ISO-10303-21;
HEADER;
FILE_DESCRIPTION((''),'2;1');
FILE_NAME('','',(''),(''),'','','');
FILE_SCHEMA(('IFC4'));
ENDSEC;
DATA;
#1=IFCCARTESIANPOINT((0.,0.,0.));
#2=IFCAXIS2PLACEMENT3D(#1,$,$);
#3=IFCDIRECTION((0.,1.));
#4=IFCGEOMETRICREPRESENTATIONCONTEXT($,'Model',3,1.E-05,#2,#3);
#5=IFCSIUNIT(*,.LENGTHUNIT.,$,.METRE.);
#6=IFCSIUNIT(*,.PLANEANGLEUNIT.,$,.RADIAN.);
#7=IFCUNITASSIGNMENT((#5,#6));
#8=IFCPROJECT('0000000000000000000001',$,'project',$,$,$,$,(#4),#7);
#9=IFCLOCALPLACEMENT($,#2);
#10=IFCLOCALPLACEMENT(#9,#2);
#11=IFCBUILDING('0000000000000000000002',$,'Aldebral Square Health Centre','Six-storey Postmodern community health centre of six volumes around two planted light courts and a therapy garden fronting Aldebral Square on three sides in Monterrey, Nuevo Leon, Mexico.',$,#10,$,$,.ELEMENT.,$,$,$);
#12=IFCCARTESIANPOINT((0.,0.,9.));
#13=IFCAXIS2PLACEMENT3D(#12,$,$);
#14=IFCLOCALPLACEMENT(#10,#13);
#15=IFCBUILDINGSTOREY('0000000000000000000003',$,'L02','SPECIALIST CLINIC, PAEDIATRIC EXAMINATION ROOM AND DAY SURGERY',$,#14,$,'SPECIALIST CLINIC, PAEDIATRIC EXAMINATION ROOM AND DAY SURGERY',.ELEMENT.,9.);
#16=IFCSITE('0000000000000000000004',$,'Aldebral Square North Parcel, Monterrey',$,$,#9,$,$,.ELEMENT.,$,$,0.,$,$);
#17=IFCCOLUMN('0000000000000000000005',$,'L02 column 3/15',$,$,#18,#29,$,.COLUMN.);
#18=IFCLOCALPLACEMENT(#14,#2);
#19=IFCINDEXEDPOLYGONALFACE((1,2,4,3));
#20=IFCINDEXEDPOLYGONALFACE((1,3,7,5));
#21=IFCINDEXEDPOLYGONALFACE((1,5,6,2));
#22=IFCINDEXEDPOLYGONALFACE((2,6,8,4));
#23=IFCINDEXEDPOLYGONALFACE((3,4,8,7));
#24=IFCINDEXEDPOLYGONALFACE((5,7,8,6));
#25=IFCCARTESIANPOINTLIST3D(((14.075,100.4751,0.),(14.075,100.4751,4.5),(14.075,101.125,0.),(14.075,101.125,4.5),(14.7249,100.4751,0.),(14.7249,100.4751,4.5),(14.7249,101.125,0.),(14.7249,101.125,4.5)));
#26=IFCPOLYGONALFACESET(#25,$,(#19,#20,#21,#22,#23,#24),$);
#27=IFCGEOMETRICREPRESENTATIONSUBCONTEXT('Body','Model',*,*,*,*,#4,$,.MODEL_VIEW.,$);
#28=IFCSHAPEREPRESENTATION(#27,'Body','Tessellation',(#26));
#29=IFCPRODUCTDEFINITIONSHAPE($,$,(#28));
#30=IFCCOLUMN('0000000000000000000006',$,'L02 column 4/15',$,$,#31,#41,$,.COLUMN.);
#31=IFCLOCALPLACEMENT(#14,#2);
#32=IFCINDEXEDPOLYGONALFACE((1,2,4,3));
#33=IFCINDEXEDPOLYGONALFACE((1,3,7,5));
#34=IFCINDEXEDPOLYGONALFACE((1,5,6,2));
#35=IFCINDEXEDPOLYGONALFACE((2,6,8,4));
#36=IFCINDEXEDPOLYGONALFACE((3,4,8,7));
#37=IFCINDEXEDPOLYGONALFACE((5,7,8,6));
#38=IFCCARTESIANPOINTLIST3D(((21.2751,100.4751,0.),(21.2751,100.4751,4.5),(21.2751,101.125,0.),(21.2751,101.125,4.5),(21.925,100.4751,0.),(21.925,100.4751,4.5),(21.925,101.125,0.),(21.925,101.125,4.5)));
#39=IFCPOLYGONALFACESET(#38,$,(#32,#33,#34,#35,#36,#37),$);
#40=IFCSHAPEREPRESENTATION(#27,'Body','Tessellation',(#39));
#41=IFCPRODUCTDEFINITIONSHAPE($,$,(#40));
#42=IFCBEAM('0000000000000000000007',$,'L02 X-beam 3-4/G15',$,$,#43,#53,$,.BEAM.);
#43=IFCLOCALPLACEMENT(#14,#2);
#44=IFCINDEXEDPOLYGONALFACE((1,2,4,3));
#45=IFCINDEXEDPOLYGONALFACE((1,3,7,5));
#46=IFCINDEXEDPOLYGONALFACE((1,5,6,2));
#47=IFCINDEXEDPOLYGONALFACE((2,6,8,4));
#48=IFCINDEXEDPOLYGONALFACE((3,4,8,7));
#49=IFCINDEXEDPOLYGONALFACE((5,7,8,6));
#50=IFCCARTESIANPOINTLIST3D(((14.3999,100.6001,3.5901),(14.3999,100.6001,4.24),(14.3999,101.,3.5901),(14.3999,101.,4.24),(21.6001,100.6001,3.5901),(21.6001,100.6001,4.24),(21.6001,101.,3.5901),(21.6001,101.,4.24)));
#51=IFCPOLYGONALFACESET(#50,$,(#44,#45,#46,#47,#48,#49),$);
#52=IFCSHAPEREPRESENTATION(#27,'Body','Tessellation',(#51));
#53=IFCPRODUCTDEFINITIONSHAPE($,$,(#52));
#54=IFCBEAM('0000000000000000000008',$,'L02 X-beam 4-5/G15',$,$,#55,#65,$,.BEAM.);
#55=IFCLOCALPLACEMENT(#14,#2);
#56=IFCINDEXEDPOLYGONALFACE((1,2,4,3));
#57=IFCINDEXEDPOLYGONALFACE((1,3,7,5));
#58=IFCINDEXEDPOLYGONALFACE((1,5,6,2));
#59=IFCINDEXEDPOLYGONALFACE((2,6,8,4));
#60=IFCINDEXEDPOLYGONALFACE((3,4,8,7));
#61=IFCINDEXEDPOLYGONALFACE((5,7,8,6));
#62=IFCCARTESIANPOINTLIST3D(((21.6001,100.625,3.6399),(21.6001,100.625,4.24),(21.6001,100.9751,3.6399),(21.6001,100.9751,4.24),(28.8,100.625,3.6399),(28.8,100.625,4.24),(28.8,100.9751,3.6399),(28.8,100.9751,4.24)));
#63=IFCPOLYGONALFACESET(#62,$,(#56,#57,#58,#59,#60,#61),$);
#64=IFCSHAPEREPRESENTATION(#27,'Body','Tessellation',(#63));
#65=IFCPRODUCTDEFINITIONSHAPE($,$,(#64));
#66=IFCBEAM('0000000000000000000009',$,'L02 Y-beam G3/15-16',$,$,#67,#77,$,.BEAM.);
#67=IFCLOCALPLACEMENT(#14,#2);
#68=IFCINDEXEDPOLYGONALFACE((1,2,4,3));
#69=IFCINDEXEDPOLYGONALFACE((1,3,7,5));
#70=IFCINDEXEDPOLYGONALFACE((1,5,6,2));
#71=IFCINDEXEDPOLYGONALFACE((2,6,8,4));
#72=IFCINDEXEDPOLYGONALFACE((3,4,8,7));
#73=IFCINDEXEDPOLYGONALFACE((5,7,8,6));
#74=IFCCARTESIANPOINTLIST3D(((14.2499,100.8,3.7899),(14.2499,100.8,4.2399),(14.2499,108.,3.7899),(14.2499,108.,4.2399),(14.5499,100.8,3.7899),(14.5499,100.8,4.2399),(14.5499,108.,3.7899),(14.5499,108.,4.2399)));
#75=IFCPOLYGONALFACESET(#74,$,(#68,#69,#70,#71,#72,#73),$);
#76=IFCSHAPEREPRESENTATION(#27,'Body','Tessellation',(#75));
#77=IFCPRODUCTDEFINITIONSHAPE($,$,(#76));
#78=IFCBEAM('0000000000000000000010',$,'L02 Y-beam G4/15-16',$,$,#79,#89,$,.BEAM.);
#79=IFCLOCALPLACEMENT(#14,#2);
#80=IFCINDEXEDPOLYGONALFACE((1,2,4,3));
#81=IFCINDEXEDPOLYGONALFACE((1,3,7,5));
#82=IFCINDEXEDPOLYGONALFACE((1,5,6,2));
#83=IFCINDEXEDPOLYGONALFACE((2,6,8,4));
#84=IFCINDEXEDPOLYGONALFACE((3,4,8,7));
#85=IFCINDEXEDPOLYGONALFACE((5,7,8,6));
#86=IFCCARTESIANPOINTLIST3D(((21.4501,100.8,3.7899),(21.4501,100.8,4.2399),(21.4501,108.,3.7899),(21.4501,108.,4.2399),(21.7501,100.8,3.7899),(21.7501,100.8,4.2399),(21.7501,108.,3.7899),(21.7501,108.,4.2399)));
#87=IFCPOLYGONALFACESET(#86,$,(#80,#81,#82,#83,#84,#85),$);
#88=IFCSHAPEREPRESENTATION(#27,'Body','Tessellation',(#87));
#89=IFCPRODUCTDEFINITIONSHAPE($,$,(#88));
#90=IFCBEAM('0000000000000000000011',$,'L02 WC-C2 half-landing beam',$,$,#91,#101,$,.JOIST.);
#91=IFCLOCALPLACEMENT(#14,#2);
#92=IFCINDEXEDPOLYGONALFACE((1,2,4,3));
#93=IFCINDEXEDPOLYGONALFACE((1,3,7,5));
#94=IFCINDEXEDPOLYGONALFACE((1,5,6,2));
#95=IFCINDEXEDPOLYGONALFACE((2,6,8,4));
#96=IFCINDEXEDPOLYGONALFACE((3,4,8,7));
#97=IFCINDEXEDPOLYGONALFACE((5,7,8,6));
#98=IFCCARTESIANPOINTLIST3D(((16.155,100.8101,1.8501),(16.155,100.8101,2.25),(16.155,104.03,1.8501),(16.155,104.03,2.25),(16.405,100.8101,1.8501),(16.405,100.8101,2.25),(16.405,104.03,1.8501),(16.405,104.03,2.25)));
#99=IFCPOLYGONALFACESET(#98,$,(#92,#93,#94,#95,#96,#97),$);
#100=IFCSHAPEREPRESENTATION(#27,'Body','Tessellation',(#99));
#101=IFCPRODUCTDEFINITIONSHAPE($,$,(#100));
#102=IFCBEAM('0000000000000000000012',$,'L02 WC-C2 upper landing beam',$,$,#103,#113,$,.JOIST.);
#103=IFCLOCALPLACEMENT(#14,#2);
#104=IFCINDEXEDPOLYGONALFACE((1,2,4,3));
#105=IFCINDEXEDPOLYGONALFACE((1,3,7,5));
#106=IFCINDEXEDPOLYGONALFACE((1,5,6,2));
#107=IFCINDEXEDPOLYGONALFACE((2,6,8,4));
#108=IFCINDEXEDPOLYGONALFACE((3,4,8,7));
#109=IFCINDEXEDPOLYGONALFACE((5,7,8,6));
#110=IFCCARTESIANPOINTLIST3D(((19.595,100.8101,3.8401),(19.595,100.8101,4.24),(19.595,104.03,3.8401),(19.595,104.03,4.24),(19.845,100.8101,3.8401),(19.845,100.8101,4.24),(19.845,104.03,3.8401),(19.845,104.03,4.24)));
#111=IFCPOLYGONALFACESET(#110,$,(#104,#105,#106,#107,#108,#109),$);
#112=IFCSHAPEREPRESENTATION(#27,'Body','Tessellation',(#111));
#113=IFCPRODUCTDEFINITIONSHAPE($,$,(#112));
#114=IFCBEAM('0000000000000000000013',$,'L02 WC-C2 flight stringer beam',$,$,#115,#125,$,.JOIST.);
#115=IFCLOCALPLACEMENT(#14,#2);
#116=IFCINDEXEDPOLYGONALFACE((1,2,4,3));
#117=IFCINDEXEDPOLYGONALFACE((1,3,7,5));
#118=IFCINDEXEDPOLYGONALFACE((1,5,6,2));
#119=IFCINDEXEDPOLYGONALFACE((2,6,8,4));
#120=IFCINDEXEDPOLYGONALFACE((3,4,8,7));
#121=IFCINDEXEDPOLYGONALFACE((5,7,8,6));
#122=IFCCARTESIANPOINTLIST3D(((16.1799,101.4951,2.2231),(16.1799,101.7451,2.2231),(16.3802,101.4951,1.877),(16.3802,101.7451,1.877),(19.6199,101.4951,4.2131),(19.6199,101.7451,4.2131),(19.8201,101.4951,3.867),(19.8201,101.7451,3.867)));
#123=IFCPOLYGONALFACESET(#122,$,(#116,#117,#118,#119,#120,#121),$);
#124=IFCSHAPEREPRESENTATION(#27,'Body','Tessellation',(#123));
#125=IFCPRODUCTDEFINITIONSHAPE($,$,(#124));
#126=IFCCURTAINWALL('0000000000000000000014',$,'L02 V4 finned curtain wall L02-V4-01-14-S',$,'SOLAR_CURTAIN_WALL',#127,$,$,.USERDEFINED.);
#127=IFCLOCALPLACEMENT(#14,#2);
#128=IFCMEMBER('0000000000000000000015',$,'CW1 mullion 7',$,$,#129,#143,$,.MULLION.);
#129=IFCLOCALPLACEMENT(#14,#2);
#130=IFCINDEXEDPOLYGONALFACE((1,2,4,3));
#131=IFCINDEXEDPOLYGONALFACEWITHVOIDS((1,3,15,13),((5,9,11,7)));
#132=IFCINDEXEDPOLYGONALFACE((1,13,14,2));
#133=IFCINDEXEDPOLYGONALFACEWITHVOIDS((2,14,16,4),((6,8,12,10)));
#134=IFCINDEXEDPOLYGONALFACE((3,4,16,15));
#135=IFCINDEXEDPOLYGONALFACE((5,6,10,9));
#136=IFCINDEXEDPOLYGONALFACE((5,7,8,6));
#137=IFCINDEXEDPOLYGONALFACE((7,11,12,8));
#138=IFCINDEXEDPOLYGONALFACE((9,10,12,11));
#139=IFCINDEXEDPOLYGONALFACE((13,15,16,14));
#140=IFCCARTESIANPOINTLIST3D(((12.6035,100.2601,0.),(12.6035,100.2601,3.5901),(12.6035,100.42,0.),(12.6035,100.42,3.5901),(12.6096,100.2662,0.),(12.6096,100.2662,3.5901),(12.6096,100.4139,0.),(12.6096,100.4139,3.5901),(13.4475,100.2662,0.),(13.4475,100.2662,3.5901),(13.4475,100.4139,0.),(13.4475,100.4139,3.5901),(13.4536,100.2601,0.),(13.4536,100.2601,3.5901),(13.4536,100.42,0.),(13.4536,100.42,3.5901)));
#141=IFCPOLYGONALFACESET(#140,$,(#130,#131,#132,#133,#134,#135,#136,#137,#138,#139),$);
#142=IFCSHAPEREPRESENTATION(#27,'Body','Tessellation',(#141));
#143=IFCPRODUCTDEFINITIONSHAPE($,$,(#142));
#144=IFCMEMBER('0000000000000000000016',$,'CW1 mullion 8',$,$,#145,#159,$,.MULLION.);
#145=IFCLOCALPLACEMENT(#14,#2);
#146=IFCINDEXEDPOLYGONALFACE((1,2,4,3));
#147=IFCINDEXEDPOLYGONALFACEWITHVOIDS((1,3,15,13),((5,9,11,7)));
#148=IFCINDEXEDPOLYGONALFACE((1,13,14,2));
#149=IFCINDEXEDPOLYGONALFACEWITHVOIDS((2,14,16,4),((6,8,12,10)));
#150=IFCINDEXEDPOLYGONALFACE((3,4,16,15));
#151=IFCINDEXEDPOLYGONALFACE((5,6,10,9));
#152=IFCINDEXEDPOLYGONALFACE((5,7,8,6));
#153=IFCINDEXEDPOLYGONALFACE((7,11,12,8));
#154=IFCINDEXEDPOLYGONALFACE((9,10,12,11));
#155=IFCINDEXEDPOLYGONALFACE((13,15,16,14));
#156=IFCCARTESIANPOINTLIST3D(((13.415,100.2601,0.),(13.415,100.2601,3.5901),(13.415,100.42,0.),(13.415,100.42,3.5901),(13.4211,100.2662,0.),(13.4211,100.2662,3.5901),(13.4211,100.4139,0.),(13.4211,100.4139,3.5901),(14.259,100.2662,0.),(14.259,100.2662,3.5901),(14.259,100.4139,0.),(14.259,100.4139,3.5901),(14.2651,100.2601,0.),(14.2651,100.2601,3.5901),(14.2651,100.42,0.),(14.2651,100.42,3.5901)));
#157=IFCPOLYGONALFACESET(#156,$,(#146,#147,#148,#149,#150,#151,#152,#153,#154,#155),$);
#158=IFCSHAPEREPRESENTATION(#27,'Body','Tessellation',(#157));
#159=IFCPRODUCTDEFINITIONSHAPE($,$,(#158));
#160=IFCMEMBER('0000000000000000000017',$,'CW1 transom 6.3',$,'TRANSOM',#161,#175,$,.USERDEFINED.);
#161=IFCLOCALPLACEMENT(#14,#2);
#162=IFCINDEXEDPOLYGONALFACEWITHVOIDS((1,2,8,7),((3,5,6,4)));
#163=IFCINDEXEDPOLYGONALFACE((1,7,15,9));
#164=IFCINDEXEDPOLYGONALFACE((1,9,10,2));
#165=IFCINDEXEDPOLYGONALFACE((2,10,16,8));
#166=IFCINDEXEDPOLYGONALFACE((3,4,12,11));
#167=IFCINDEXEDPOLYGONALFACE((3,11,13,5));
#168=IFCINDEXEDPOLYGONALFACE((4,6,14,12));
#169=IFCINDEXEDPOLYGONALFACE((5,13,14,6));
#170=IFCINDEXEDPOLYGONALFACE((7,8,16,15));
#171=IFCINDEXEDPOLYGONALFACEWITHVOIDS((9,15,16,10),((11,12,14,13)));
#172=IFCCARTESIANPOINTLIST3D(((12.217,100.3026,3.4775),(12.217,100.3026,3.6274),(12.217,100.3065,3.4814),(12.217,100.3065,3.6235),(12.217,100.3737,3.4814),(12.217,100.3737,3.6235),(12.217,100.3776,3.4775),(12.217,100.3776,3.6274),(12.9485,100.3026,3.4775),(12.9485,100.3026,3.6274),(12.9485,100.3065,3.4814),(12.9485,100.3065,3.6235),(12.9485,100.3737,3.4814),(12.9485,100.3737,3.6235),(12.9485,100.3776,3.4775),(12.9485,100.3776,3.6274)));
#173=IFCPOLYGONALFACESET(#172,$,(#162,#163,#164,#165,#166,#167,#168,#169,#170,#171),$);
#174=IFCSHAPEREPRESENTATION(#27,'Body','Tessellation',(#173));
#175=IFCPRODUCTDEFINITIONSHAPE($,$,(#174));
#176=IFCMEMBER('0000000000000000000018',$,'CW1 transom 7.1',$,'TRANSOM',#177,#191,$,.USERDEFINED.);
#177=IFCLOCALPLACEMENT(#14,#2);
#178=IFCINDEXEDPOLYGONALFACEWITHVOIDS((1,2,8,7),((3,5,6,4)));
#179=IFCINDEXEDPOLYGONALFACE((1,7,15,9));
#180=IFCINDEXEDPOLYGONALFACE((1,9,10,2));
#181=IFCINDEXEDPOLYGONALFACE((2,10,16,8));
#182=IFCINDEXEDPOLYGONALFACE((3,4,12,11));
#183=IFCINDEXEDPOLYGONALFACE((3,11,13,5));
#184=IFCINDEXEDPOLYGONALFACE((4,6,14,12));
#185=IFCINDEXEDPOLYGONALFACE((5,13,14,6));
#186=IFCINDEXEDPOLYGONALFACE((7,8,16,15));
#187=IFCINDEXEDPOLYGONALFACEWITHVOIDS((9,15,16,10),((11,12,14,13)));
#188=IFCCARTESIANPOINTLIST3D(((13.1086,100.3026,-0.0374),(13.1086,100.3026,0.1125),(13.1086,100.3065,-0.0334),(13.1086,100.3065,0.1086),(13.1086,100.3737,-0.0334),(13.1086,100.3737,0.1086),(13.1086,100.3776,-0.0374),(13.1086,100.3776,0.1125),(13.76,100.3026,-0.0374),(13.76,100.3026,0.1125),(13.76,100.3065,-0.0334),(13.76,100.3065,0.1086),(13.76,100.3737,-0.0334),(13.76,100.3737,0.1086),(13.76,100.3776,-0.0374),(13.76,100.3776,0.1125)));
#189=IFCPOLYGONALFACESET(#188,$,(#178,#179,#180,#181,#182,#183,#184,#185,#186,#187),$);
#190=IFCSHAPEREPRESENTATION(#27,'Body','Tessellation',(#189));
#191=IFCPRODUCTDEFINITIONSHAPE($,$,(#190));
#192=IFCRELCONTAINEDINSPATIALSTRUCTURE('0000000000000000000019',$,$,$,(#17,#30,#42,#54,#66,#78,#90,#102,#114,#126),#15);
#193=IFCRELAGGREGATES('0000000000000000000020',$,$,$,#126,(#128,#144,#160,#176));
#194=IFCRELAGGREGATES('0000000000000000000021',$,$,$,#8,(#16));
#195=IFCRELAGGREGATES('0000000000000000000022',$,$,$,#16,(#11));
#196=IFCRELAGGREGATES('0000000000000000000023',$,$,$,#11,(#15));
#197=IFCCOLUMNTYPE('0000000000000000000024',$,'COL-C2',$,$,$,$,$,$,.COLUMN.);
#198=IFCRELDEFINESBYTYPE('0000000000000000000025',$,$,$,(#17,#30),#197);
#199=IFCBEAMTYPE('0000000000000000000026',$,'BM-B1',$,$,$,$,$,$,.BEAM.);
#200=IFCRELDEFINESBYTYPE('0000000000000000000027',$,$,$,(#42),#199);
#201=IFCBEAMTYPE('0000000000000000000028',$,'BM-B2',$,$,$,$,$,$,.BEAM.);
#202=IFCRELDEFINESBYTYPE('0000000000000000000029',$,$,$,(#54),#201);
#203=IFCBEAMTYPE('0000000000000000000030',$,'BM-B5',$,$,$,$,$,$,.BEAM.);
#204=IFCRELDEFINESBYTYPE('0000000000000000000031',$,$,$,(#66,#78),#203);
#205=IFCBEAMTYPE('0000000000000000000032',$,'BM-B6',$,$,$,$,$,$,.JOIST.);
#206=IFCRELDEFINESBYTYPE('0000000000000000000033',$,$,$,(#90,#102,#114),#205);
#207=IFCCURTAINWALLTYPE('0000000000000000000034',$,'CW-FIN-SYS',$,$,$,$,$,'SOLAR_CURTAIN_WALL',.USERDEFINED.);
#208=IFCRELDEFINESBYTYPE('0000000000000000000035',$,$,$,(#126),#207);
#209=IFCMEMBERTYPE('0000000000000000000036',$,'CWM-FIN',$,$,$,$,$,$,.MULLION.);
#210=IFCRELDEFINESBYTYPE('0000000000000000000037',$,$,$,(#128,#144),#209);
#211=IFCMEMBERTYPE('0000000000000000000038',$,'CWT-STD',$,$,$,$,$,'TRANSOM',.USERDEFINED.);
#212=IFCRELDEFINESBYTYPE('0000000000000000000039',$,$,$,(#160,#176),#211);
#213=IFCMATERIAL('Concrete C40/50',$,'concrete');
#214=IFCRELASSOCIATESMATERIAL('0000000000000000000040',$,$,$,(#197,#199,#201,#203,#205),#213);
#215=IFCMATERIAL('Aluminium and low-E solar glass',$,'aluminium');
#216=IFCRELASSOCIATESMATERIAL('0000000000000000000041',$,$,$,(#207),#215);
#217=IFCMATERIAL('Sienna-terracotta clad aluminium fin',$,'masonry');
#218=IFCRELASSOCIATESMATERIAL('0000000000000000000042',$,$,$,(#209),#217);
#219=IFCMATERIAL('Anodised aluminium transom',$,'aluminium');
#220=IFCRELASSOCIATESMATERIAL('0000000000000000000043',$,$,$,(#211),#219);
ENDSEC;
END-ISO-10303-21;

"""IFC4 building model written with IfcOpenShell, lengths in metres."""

from ifc_helpers import new_model, si_unit, direction, frame, origin, origin_2d, place, context, subcontext, project, spatial, rectangle, hollow_rectangle, extrude, material, material_profile, profile_set, type_object, element, aggregate, save


model = new_model("IFC4")

# Units and contexts
model_context = context("Model", 3, precision=1e-05, world=origin(), true_north=direction((0.0, 1.0)))
body_context = subcontext(model_context, "Body", "Model", "MODEL_VIEW")
ifc_project = project(units=[si_unit("LENGTHUNIT", "METRE"), si_unit("PLANEANGLEUNIT", "RADIAN")], contexts=[model_context])

# Site, building, storey
site_placement = place(None, origin())
site = spatial("IfcSite", under=ifc_project, at=site_placement, Name="Aldebral Square North Parcel, Monterrey", CompositionType="ELEMENT", RefElevation=0.0)
building_placement = place(site_placement, origin())
building = spatial("IfcBuilding", under=site, at=building_placement, Name="Aldebral Square Health Centre", Description="Six-storey Postmodern community health centre of six volumes around two planted light courts and a therapy garden fronting Aldebral Square on three sides in Monterrey, Nuevo Leon, Mexico.", CompositionType="ELEMENT")
storey_placement = place(building_placement, frame((0.0, 0.0, 9.0)))
storey = spatial("IfcBuildingStorey", under=building, at=storey_placement, Name="L02", Description="SPECIALIST CLINIC, PAEDIATRIC EXAMINATION ROOM AND DAY SURGERY", LongName="SPECIALIST CLINIC, PAEDIATRIC EXAMINATION ROOM AND DAY SURGERY", CompositionType="ELEMENT", Elevation=9.0)

# Columns
ifc_material_1 = material(Name="Concrete C40/50", Category="concrete")
ifc_material_profile_1 = material_profile(ifc_material_1, rectangle(XDim=0.6499, YDim=0.6499, at=origin_2d()), Name="RC 650x650")
ifc_profile_set_1 = profile_set([ifc_material_profile_1], Name="Concrete C40/50")
column_type = type_object("IfcColumnType", Name="COL-C2", PredefinedType="COLUMN", material=ifc_profile_set_1)
for number, where, z_axis, x_axis, name in (
    (1, (14.3999, 100.8, 0.0), (0.0, 0.0, 1.0), (1.0, 0.0, 0.0), "L02 column 3/15"),
    (2, (21.6001, 100.8, 0.0), (0.0, 0.0, 1.0), (1.0, 0.0, 0.0), "L02 column 4/15"),
):
    element("IfcColumn", number, at=place(storey_placement, frame(where, z_axis=z_axis, x_axis=x_axis)), inside=storey, type_object=column_type, Name=name, PredefinedType="COLUMN", context=body_context, shape_type="SweptSolid", body=[
        extrude(rectangle(XDim=0.6499, YDim=0.6499, at=origin_2d()), origin(), (0.0, 0.0, 1.0), 4.5),
    ])

# Beams
ifc_material_profile_2 = material_profile(ifc_material_1, rectangle(XDim=0.3999, YDim=0.6499, at=origin_2d()), Name="RC 400x650")
ifc_profile_set_2 = profile_set([ifc_material_profile_2], Name="Concrete C40/50")
beam_type_1 = type_object("IfcBeamType", Name="BM-B1", PredefinedType="BEAM", material=ifc_profile_set_2)
beam_1_placement = place(storey_placement, frame((14.3999, 100.8, 3.915), z_axis=(1.0, 0.0, 0.0), x_axis=(0.0, 1.0, 0.0)))
element("IfcBeam", 3, at=beam_1_placement, inside=storey, type_object=beam_type_1, Name="L02 X-beam 3-4/G15", PredefinedType="BEAM", context=body_context, shape_type="SweptSolid", body=[
    extrude(rectangle(XDim=0.3999, YDim=0.6499, at=origin_2d()), origin(), (0.0, 0.0, 1.0), 7.2002),
])
ifc_material_profile_3 = material_profile(ifc_material_1, rectangle(XDim=0.3501, YDim=0.6001, at=origin_2d()), Name="RC 350x600")
ifc_profile_set_3 = profile_set([ifc_material_profile_3], Name="Concrete C40/50")
beam_type_2 = type_object("IfcBeamType", Name="BM-B2", PredefinedType="BEAM", material=ifc_profile_set_3)
beam_2_placement = place(storey_placement, frame((21.6001, 100.8, 3.9399), z_axis=(1.0, 0.0, 0.0), x_axis=(0.0, 1.0, 0.0)))
element("IfcBeam", 4, at=beam_2_placement, inside=storey, type_object=beam_type_2, Name="L02 X-beam 4-5/G15", PredefinedType="BEAM", context=body_context, shape_type="SweptSolid", body=[
    extrude(rectangle(XDim=0.3501, YDim=0.6001, at=origin_2d()), origin(), (0.0, 0.0, 1.0), 7.2),
])
ifc_material_profile_4 = material_profile(ifc_material_1, rectangle(XDim=0.3, YDim=0.45, at=origin_2d()), Name="RC 300x450")
ifc_profile_set_4 = profile_set([ifc_material_profile_4], Name="Concrete C40/50")
beam_type_3 = type_object("IfcBeamType", Name="BM-B5", PredefinedType="BEAM", material=ifc_profile_set_4)
for number, where, z_axis, x_axis, name in (
    (5, (14.3999, 100.8, 4.0149), (0.0, 1.0, 0.0), (-1.0, 0.0, 0.0), "L02 Y-beam G3/15-16"),
    (6, (21.6001, 100.8, 4.0149), (0.0, 1.0, 0.0), (-1.0, 0.0, 0.0), "L02 Y-beam G4/15-16"),
):
    element("IfcBeam", number, at=place(storey_placement, frame(where, z_axis=z_axis, x_axis=x_axis)), inside=storey, type_object=beam_type_3, Name=name, PredefinedType="BEAM", context=body_context, shape_type="SweptSolid", body=[
        extrude(rectangle(XDim=0.3, YDim=0.45, at=origin_2d()), origin(), (0.0, 0.0, 1.0), 7.2),
    ])
ifc_material_profile_5 = material_profile(ifc_material_1, rectangle(XDim=0.25, YDim=0.3999, at=origin_2d()), Name="RC 250x400")
ifc_profile_set_5 = profile_set([ifc_material_profile_5], Name="Concrete C40/50")
beam_type_4 = type_object("IfcBeamType", Name="BM-B6", PredefinedType="JOIST", material=ifc_profile_set_5)
for number, where, z_axis, x_axis, name in (
    (7, (16.28, 100.8101, 2.05), (0.0, 1.0, 0.0), (-1.0, 0.0, 0.0), "L02 WC-C2 half-landing beam"),
    (8, (19.72, 100.8101, 4.04), (0.0, 1.0, 0.0), (-1.0, 0.0, 0.0), "L02 WC-C2 upper landing beam"),
):
    element("IfcBeam", number, at=place(storey_placement, frame(where, z_axis=z_axis, x_axis=x_axis)), inside=storey, type_object=beam_type_4, Name=name, PredefinedType="JOIST", context=body_context, shape_type="SweptSolid", body=[
        extrude(rectangle(XDim=0.25, YDim=0.3999, at=origin_2d()), origin(), (0.0, 0.0, 1.0), 3.22),
    ])
beam_3_placement = place(storey_placement, frame((16.28, 101.6201, 2.05), z_axis=(0.865596, 0.0, 0.500743), x_axis=(0.0, 1.0, 0.0)))
element("IfcBeam", 9, at=beam_3_placement, inside=storey, type_object=beam_type_4, Name="L02 WC-C2 flight stringer beam", PredefinedType="JOIST", context=body_context, shape_type="SweptSolid", body=[
    extrude(rectangle(XDim=0.25, YDim=0.3999, at=origin_2d()), origin(), (0.0, 0.0, 1.0), 3.9741),
])

# Curtain wall, members
ifc_material_2 = material(Name="Aluminium and low-E solar glass", Category="aluminium")
curtain_wall_type = type_object("IfcCurtainWallType", Name="CW-FIN-SYS", ElementType="SOLAR_CURTAIN_WALL", PredefinedType="USERDEFINED", material=ifc_material_2)
curtain_wall_placement = place(storey_placement, origin())
curtain_wall = element("IfcCurtainWall", 10, at=curtain_wall_placement, inside=storey, type_object=curtain_wall_type, Name="L02 V4 finned curtain wall L02-V4-01-14-S", ObjectType="SOLAR_CURTAIN_WALL", PredefinedType="USERDEFINED")
ifc_material_3 = material(Name="Sienna-terracotta clad aluminium fin", Category="masonry")
ifc_material_profile_6 = material_profile(ifc_material_3, hollow_rectangle(XDim=0.1599, YDim=0.8501, WallThickness=0.0061, at=origin_2d()), Name="FIN 160x850x6")
ifc_profile_set_6 = profile_set([ifc_material_profile_6], Name="Sienna-terracotta clad aluminium fin")
member_type_1 = type_object("IfcMemberType", Name="CWM-FIN", PredefinedType="MULLION", material=ifc_profile_set_6)
member_1_placement = place(storey_placement, frame((13.0286, 100.3401, 0.0), z_axis=(0.0, 0.0, 1.0), x_axis=(0.0, 1.0, 0.0)))
member_1 = element("IfcMember", 11, at=member_1_placement, type_object=member_type_1, Name="CW1 mullion 7", PredefinedType="MULLION", context=body_context, shape_type="SweptSolid", body=[
    extrude(hollow_rectangle(XDim=0.1599, YDim=0.8501, WallThickness=0.0061, at=origin_2d()), origin(), (0.0, 0.0, 1.0), 3.5901),
])
member_2_placement = place(storey_placement, frame((13.8401, 100.3401, 0.0), z_axis=(0.0, 0.0, 1.0), x_axis=(0.0, 1.0, 0.0)))
member_2 = element("IfcMember", 12, at=member_2_placement, type_object=member_type_1, Name="CW1 mullion 8", PredefinedType="MULLION", context=body_context, shape_type="SweptSolid", body=[
    extrude(hollow_rectangle(XDim=0.1599, YDim=0.8501, WallThickness=0.0061, at=origin_2d()), origin(), (0.0, 0.0, 1.0), 3.5901),
])
ifc_material_4 = material(Name="Anodised aluminium transom", Category="aluminium")
ifc_material_profile_7 = material_profile(ifc_material_4, hollow_rectangle(XDim=0.075, YDim=0.1499, WallThickness=0.0039, at=origin_2d()), Name="CWT 75x150x4")
ifc_profile_set_7 = profile_set([ifc_material_profile_7], Name="Anodised aluminium transom")
member_type_2 = type_object("IfcMemberType", Name="CWT-STD", ElementType="TRANSOM", PredefinedType="USERDEFINED", material=ifc_profile_set_7)
member_3_placement = place(storey_placement, frame((12.217, 100.3401, 3.5525), z_axis=(1.0, 0.0, 0.0), x_axis=(0.0, 1.0, 0.0)))
member_3 = element("IfcMember", 13, at=member_3_placement, type_object=member_type_2, Name="CW1 transom 6.3", ObjectType="TRANSOM", PredefinedType="USERDEFINED", context=body_context, shape_type="SweptSolid", body=[
    extrude(hollow_rectangle(XDim=0.075, YDim=0.1499, WallThickness=0.0039, at=origin_2d()), origin(), (0.0, 0.0, 1.0), 0.7314),
])
member_4_placement = place(storey_placement, frame((13.1086, 100.3401, 0.0376), z_axis=(1.0, 0.0, 0.0), x_axis=(0.0, 1.0, 0.0)))
member_4 = element("IfcMember", 14, at=member_4_placement, type_object=member_type_2, Name="CW1 transom 7.1", ObjectType="TRANSOM", PredefinedType="USERDEFINED", context=body_context, shape_type="SweptSolid", body=[
    extrude(hollow_rectangle(XDim=0.075, YDim=0.1499, WallThickness=0.0039, at=origin_2d()), origin(), (0.0, 0.0, 1.0), 0.6514),
])
aggregate(curtain_wall, [member_1, member_2, member_3, member_4])

save(model, "model.ifc")
